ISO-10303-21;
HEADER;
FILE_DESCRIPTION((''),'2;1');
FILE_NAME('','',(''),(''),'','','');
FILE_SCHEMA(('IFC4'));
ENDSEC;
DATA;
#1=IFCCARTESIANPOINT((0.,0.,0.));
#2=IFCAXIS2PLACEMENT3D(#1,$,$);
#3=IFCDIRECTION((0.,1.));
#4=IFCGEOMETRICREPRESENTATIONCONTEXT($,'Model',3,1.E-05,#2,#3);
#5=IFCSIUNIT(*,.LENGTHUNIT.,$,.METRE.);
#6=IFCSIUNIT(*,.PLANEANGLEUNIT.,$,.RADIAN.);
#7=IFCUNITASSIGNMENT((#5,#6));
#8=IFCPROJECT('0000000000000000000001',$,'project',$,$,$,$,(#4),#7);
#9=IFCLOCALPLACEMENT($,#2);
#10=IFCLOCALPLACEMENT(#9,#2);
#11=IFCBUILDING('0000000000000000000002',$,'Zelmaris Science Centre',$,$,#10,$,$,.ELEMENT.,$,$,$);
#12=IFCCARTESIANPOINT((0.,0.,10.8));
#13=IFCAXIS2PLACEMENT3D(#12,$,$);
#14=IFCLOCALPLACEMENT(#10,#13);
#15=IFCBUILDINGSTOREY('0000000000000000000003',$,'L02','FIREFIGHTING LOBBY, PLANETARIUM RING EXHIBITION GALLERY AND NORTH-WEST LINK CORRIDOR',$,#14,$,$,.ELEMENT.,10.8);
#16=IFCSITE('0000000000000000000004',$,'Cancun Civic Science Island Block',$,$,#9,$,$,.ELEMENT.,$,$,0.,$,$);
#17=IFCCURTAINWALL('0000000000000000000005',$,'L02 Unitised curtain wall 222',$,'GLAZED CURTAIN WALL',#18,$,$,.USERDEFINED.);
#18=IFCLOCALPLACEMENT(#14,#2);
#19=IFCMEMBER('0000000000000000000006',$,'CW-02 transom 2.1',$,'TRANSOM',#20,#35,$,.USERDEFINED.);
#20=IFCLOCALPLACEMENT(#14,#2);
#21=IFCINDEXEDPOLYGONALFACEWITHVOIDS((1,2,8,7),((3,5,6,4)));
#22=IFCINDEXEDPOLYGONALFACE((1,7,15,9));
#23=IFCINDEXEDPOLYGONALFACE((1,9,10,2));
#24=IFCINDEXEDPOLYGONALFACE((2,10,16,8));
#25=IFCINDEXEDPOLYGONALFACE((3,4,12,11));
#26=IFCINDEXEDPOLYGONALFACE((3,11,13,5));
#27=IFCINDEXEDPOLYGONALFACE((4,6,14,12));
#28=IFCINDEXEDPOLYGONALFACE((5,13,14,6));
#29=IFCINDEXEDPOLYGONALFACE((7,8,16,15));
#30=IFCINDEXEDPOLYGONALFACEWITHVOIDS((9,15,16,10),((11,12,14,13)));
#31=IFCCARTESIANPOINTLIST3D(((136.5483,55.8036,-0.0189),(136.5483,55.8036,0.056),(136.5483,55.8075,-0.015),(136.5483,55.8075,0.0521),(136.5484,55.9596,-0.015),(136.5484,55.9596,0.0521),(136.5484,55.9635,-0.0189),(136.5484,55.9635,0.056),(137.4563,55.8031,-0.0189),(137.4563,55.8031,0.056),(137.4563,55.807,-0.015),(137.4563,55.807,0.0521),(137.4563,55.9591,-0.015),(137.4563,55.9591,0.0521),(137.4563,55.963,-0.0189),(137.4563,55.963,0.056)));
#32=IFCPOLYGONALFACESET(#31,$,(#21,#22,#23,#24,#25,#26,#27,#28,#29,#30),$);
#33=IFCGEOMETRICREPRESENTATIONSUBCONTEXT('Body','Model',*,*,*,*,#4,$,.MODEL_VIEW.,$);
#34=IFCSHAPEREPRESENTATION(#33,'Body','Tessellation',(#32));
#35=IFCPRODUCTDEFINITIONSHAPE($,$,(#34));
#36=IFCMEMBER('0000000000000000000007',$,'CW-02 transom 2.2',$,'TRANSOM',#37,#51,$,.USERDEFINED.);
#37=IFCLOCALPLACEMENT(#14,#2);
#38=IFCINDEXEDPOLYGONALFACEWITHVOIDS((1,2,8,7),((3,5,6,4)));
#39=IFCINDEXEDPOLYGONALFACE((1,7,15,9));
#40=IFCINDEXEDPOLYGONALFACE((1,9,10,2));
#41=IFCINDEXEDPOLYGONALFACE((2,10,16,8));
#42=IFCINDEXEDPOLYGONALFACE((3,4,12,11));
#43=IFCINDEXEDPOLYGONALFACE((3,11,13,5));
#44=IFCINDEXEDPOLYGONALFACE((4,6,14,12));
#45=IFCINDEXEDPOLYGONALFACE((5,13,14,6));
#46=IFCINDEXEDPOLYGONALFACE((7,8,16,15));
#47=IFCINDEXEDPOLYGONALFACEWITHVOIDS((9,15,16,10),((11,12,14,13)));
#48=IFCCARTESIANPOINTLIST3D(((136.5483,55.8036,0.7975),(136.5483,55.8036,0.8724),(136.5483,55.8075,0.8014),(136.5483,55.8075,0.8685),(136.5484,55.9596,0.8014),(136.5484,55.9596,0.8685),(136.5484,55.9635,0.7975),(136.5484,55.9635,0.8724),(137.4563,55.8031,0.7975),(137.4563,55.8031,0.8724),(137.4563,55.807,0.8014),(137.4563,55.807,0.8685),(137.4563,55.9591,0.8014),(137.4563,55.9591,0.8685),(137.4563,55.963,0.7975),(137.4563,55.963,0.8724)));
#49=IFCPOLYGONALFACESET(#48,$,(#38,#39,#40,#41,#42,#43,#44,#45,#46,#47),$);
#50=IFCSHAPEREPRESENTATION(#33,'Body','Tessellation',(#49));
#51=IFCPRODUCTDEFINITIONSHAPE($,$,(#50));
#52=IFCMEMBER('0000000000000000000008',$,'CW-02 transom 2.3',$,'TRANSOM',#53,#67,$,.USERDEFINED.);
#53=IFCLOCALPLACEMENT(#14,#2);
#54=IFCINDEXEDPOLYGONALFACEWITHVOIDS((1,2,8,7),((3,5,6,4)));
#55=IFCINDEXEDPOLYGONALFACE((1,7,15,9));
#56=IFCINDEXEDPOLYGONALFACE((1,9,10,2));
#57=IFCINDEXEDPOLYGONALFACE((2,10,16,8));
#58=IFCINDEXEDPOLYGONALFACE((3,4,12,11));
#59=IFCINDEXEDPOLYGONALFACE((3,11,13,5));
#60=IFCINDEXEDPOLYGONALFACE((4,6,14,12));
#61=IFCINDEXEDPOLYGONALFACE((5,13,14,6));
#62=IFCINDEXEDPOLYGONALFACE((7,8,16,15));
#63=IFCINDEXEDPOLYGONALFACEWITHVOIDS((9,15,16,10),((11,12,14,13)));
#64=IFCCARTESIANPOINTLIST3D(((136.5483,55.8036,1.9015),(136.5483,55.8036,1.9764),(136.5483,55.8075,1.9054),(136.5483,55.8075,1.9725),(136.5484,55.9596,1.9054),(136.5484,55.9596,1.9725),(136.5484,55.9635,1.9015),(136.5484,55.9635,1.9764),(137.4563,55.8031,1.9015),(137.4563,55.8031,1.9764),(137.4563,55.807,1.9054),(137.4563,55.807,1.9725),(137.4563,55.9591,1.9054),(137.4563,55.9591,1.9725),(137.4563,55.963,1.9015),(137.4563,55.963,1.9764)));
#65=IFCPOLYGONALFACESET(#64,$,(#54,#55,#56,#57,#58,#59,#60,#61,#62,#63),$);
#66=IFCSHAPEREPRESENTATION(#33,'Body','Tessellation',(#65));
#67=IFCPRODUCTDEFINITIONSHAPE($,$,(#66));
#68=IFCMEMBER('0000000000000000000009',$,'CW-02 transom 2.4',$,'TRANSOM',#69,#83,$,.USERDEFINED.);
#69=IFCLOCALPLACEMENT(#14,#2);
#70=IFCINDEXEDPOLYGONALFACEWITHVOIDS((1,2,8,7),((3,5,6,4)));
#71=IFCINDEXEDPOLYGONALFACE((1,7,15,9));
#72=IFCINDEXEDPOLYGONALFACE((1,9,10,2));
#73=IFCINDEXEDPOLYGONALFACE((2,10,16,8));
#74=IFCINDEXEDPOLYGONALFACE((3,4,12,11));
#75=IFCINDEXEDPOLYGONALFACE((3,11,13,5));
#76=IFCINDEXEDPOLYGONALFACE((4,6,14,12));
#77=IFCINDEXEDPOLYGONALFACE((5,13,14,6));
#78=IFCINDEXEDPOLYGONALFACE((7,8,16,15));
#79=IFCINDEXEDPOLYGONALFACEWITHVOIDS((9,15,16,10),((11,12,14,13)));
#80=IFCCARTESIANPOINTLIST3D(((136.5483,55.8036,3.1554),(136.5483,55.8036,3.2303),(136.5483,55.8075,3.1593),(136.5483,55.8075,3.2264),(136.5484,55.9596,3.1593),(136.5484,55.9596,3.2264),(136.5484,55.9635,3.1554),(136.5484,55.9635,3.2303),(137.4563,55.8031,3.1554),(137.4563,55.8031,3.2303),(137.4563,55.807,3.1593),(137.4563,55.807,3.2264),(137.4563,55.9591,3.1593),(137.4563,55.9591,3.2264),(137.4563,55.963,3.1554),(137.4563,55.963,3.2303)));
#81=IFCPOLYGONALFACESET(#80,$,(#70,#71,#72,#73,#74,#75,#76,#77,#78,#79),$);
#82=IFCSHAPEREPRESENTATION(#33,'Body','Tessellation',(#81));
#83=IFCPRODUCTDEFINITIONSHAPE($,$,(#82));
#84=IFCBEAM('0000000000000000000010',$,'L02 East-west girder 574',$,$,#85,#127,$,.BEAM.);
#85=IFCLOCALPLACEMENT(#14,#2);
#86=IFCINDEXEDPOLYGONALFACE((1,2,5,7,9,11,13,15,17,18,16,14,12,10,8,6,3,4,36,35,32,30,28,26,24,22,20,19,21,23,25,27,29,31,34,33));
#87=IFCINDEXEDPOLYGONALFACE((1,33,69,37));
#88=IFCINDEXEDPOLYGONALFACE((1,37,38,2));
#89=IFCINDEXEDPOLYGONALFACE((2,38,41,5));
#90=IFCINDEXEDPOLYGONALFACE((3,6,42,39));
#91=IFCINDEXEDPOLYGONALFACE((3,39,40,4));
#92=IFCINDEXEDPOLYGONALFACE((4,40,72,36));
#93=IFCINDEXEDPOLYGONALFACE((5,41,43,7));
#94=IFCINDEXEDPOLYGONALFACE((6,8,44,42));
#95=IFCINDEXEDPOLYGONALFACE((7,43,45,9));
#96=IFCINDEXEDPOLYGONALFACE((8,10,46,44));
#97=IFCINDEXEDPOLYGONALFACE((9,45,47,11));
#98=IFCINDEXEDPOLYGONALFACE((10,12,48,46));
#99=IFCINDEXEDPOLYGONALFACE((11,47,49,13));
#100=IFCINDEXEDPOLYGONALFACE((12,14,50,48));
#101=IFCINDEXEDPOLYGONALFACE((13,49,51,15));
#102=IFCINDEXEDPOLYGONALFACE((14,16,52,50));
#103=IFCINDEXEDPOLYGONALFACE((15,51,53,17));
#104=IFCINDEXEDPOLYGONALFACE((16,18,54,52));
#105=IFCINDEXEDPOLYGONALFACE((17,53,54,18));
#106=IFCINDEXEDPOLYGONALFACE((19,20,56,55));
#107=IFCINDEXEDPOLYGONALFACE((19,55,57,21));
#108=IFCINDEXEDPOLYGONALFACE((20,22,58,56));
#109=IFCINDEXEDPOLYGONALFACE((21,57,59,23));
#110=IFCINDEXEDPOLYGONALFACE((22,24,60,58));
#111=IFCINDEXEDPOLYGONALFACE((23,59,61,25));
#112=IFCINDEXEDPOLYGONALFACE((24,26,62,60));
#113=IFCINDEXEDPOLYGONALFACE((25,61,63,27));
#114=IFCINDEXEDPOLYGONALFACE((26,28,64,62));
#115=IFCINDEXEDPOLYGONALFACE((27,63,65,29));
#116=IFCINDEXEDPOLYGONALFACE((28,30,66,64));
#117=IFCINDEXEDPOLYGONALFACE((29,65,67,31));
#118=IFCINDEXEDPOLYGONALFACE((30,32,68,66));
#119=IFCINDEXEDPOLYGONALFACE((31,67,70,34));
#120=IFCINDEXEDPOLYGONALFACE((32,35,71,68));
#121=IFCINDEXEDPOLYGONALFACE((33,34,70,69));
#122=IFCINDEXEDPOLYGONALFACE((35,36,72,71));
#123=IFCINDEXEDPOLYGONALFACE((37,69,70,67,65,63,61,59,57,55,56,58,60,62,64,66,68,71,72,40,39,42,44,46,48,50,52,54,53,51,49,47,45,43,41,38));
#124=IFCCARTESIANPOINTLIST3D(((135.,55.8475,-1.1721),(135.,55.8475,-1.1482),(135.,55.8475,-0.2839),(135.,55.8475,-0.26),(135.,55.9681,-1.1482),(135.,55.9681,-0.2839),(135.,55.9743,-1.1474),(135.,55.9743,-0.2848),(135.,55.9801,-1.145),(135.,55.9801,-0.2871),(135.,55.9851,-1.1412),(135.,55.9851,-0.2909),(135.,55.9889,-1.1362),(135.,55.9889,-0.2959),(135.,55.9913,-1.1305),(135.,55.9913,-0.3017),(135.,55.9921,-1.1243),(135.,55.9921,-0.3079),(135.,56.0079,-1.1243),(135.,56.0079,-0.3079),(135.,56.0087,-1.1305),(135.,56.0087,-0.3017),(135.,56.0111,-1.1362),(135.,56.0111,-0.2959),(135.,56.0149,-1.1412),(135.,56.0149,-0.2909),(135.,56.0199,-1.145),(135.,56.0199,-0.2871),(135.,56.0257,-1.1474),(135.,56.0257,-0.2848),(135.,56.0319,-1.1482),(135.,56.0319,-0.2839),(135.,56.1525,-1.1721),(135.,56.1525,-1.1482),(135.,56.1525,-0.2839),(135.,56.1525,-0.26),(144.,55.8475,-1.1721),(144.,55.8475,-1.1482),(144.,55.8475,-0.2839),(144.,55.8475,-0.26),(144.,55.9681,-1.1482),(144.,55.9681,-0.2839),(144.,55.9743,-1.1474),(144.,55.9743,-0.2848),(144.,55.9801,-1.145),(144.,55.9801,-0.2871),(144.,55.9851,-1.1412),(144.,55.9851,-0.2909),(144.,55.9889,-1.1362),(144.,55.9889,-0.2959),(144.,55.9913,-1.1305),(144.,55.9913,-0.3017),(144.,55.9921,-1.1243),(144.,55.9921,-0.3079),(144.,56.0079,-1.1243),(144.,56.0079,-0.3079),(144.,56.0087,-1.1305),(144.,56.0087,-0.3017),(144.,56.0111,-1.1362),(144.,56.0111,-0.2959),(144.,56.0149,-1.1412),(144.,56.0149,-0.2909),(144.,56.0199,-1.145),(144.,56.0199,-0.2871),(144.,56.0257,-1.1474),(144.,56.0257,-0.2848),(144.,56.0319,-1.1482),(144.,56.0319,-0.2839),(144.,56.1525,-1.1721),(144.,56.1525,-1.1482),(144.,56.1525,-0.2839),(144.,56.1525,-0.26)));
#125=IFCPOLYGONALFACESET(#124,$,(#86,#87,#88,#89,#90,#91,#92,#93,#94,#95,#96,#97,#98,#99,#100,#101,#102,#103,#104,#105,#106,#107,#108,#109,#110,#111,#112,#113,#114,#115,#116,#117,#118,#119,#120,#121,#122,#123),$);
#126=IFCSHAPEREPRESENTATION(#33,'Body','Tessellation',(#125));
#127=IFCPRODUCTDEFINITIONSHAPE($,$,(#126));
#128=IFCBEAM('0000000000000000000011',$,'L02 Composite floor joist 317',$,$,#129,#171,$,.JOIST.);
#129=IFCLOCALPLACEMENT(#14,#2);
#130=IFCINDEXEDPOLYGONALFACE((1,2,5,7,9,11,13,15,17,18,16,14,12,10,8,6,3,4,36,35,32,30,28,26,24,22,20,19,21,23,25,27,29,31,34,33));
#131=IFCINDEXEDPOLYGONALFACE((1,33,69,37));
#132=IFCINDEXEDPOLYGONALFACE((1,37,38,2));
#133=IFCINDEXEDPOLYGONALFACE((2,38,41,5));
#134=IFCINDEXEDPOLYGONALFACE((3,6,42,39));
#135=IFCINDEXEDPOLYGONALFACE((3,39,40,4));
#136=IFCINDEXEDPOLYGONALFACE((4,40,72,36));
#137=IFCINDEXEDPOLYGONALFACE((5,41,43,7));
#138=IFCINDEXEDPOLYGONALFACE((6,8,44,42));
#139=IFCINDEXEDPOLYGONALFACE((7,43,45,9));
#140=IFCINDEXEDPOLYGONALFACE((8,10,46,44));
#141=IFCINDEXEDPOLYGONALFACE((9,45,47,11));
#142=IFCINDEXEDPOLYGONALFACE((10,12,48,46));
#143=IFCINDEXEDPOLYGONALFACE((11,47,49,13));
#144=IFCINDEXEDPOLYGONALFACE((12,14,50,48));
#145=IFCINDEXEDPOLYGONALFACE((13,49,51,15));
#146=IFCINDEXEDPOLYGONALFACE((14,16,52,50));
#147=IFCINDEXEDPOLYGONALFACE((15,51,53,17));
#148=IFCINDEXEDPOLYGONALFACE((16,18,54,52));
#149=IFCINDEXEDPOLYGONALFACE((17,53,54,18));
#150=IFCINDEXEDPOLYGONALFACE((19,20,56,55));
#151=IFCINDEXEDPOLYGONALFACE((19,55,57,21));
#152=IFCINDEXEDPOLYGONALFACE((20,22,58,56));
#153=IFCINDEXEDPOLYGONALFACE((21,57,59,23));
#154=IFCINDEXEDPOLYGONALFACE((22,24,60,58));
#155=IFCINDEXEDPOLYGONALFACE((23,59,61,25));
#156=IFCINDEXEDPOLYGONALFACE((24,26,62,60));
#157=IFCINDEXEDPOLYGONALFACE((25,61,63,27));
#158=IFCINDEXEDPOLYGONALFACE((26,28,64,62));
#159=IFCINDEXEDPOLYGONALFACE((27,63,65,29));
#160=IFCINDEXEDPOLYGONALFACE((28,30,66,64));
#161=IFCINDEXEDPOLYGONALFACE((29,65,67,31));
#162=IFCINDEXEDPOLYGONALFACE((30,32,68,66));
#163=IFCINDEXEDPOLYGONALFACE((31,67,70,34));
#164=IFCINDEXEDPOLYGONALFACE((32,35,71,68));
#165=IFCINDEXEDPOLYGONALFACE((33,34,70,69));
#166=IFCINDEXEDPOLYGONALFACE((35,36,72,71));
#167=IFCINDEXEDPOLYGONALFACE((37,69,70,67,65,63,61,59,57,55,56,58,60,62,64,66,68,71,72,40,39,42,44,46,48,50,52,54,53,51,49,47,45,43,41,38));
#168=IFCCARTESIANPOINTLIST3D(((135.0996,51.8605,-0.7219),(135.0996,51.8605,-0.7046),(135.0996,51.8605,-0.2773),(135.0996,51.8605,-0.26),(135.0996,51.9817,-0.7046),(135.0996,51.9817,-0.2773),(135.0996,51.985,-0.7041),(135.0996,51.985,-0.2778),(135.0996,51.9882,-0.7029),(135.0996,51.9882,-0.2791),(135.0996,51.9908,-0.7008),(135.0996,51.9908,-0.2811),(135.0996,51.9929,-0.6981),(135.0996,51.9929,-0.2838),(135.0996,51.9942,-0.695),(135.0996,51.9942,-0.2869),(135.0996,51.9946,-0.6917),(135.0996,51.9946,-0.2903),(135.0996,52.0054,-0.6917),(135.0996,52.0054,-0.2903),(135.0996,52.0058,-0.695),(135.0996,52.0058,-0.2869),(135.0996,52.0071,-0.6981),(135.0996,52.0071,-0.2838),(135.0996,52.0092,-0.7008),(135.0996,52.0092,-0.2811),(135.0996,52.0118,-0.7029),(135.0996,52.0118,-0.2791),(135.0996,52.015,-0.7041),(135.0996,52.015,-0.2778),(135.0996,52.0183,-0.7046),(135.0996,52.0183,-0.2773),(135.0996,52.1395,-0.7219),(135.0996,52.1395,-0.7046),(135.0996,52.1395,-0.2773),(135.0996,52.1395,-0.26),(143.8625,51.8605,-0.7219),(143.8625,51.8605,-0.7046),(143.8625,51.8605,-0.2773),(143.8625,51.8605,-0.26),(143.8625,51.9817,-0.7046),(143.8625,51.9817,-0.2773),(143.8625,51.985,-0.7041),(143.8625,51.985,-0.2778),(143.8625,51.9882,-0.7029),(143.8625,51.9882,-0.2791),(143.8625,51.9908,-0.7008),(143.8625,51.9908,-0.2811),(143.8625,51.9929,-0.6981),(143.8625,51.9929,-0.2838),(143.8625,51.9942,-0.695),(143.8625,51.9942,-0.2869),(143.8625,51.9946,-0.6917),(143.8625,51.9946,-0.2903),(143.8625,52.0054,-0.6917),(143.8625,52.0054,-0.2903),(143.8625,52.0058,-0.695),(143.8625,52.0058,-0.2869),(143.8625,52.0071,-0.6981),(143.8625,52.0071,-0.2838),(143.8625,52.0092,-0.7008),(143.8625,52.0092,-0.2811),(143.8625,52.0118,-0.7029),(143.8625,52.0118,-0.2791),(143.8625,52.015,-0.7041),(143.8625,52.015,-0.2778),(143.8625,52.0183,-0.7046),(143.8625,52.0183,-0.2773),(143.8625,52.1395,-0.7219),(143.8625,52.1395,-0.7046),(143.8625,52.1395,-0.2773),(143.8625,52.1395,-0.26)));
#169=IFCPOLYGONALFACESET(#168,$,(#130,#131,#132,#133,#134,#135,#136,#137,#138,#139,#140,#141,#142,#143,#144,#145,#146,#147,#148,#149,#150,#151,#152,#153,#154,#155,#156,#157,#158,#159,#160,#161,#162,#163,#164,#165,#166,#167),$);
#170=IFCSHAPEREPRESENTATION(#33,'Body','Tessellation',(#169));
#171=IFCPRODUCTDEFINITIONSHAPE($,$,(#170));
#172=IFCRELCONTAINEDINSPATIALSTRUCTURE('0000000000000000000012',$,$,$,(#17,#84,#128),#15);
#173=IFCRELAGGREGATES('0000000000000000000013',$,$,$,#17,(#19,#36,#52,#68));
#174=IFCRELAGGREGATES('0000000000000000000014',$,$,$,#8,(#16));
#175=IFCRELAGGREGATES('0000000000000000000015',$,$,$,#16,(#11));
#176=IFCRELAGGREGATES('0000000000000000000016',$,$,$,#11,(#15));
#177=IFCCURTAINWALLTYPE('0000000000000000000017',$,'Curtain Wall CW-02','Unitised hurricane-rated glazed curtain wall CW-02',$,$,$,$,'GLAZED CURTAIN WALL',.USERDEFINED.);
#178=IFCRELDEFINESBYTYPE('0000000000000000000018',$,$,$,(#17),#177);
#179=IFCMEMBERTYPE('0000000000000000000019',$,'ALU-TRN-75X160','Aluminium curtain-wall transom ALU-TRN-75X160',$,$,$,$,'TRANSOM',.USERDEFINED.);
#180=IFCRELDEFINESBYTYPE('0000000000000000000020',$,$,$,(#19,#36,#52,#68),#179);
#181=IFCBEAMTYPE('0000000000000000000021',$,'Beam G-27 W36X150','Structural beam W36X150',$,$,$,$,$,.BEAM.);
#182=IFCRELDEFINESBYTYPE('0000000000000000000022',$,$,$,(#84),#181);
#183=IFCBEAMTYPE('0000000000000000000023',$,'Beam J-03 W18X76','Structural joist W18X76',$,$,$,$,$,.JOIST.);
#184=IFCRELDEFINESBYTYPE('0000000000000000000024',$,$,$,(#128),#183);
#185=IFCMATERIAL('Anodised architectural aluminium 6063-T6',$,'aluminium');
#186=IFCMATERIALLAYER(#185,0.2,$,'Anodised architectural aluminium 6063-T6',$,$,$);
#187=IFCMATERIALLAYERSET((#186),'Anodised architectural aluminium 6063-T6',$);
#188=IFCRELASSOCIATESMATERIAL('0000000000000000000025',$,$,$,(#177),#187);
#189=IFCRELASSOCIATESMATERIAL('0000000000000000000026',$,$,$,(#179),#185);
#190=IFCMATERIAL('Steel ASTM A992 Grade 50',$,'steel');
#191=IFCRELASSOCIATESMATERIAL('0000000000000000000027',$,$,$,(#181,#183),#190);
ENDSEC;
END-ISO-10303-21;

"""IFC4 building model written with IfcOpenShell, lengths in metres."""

from ifc_helpers import new_model, si_unit, direction, frame, origin, origin_2d, place, context, subcontext, project, spatial, hollow_rectangle, i_section, extrude, material, layer, layer_set, material_profile, profile_set, type_object, element, aggregate, save


model = new_model("IFC4")

# Units and contexts
model_context = context("Model", 3, precision=1e-05, world=origin(), true_north=direction((0.0, 1.0)))
body_context = subcontext(model_context, "Body", "Model", "MODEL_VIEW")
ifc_project = project(units=[si_unit("LENGTHUNIT", "METRE"), si_unit("PLANEANGLEUNIT", "RADIAN")], contexts=[model_context])

# Site, building, storey
site_placement = place(None, origin())
site = spatial("IfcSite", under=ifc_project, at=site_placement, Name="Cancun Civic Science Island Block", CompositionType="ELEMENT", RefElevation=0.0)
building_placement = place(site_placement, origin())
building = spatial("IfcBuilding", under=site, at=building_placement, Name="Zelmaris Science Centre", CompositionType="ELEMENT")
storey_placement = place(building_placement, frame((0.0, 0.0, 10.8)))
storey = spatial("IfcBuildingStorey", under=building, at=storey_placement, Name="L02", Description="FIREFIGHTING LOBBY, PLANETARIUM RING EXHIBITION GALLERY AND NORTH-WEST LINK CORRIDOR", CompositionType="ELEMENT", Elevation=10.8)

# Shared definitions
ifc_material_1 = material(Name="Steel ASTM A992 Grade 50", Category="steel")

# Shared definitions
ifc_material_2 = material(Name="Anodised architectural aluminium 6063-T6", Category="aluminium")

# Curtain wall, members
ifc_layer_1 = layer(ifc_material_2, 0.2, Name="Anodised architectural aluminium 6063-T6")
ifc_layer_set_1 = layer_set([ifc_layer_1], Name="Anodised architectural aluminium 6063-T6")
curtain_wall_type_1 = type_object("IfcCurtainWallType", Name="Curtain Wall CW-02", Description="Unitised hurricane-rated glazed curtain wall CW-02", ElementType="GLAZED CURTAIN WALL", PredefinedType="USERDEFINED", material=ifc_layer_set_1)
curtain_wall_1_placement = place(storey_placement, origin())
curtain_wall_1 = element("IfcCurtainWall", 1, at=curtain_wall_1_placement, inside=storey, type_object=curtain_wall_type_1, Name="L02 Unitised curtain wall 222", ObjectType="GLAZED CURTAIN WALL", PredefinedType="USERDEFINED")
ifc_material_profile_1 = material_profile(ifc_material_2, hollow_rectangle(XDim=0.075, YDim=0.1599, WallThickness=0.0039, at=origin_2d()), Name="ALU-TRN-75X160")
ifc_profile_set_1 = profile_set([ifc_material_profile_1], Name="Anodised architectural aluminium 6063-T6")
member_type_1 = type_object("IfcMemberType", Name="ALU-TRN-75X160", Description="Aluminium curtain-wall transom ALU-TRN-75X160", ElementType="TRANSOM", PredefinedType="USERDEFINED", material=ifc_profile_set_1)
member_1_placement = place(storey_placement, frame((136.5483, 55.8835, 0.0186), z_axis=(1.0, -0.000538, 0.0), x_axis=(0.0, 0.0, 1.0)))
member_1 = element("IfcMember", 2, at=member_1_placement, type_object=member_type_1, Name="CW-02 transom 2.1", ObjectType="TRANSOM", PredefinedType="USERDEFINED", context=body_context, shape_type="SweptSolid", body=[
    extrude(hollow_rectangle(XDim=0.075, YDim=0.1599, WallThickness=0.0039, at=origin_2d()), origin(), (0.0, 0.0, 1.0), 0.908),
])
member_2_placement = place(storey_placement, frame((136.5483, 55.8835, 0.835), z_axis=(1.0, -0.000538, 0.0), x_axis=(0.0, 0.0, 1.0)))
member_2 = element("IfcMember", 3, at=member_2_placement, type_object=member_type_1, Name="CW-02 transom 2.2", ObjectType="TRANSOM", PredefinedType="USERDEFINED", context=body_context, shape_type="SweptSolid", body=[
    extrude(hollow_rectangle(XDim=0.075, YDim=0.1599, WallThickness=0.0039, at=origin_2d()), origin(), (0.0, 0.0, 1.0), 0.908),
])
member_3_placement = place(storey_placement, frame((136.5483, 55.8835, 1.939), z_axis=(1.0, -0.000538, 0.0), x_axis=(0.0, 0.0, 1.0)))
member_3 = element("IfcMember", 4, at=member_3_placement, type_object=member_type_1, Name="CW-02 transom 2.3", ObjectType="TRANSOM", PredefinedType="USERDEFINED", context=body_context, shape_type="SweptSolid", body=[
    extrude(hollow_rectangle(XDim=0.075, YDim=0.1599, WallThickness=0.0039, at=origin_2d()), origin(), (0.0, 0.0, 1.0), 0.908),
])
member_4_placement = place(storey_placement, frame((136.5483, 55.8835, 3.1929), z_axis=(1.0, -0.000538, 0.0), x_axis=(0.0, 0.0, 1.0)))
member_4 = element("IfcMember", 5, at=member_4_placement, type_object=member_type_1, Name="CW-02 transom 2.4", ObjectType="TRANSOM", PredefinedType="USERDEFINED", context=body_context, shape_type="SweptSolid", body=[
    extrude(hollow_rectangle(XDim=0.075, YDim=0.1599, WallThickness=0.0039, at=origin_2d()), origin(), (0.0, 0.0, 1.0), 0.908),
])

# Beams
ifc_material_profile_2 = material_profile(ifc_material_1, i_section(OverallWidth=0.3049, OverallDepth=0.9121, WebThickness=0.0159, FlangeThickness=0.0239, FilletRadius=0.0239, at=origin_2d()), Name="W36X150")
ifc_profile_set_2 = profile_set([ifc_material_profile_2], Name="Steel ASTM A992 Grade 50")
beam_type_1 = type_object("IfcBeamType", Name="Beam G-27 W36X150", Description="Structural beam W36X150", PredefinedType="BEAM", material=ifc_profile_set_2)
beam_1_placement = place(storey_placement, frame((135.0, 56.0, -0.7161), z_axis=(1.0, 0.0, 0.0), x_axis=(0.0, 1.0, 0.0)))
element("IfcBeam", 6, at=beam_1_placement, inside=storey, type_object=beam_type_1, Name="L02 East-west girder 574", PredefinedType="BEAM", context=body_context, shape_type="SweptSolid", body=[
    extrude(i_section(OverallWidth=0.3049, OverallDepth=0.9121, WebThickness=0.0159, FlangeThickness=0.0239, FilletRadius=0.0239, at=origin_2d()), origin(), (0.0, 0.0, 1.0), 9.0),
])
ifc_material_profile_3 = material_profile(ifc_material_1, i_section(OverallWidth=0.2791, OverallDepth=0.4619, WebThickness=0.0107, FlangeThickness=0.0173, FilletRadius=0.0129, at=origin_2d()), Name="W18X76")
ifc_profile_set_3 = profile_set([ifc_material_profile_3], Name="Steel ASTM A992 Grade 50")
beam_type_2 = type_object("IfcBeamType", Name="Beam J-03 W18X76", Description="Structural joist W18X76", PredefinedType="JOIST", material=ifc_profile_set_3)
beam_2_placement = place(storey_placement, frame((135.0996, 52.0, -0.491), z_axis=(1.0, 0.0, 0.0), x_axis=(0.0, 1.0, 0.0)))
element("IfcBeam", 7, at=beam_2_placement, inside=storey, type_object=beam_type_2, Name="L02 Composite floor joist 317", PredefinedType="JOIST", context=body_context, shape_type="SweptSolid", body=[
    extrude(i_section(OverallWidth=0.2791, OverallDepth=0.4619, WebThickness=0.0107, FlangeThickness=0.0173, FilletRadius=0.0129, at=origin_2d()), origin(), (0.0, 0.0, 1.0), 8.7629),
])

aggregate(curtain_wall_1, [member_1, member_2, member_3, member_4])

save(model, "model.ifc")
